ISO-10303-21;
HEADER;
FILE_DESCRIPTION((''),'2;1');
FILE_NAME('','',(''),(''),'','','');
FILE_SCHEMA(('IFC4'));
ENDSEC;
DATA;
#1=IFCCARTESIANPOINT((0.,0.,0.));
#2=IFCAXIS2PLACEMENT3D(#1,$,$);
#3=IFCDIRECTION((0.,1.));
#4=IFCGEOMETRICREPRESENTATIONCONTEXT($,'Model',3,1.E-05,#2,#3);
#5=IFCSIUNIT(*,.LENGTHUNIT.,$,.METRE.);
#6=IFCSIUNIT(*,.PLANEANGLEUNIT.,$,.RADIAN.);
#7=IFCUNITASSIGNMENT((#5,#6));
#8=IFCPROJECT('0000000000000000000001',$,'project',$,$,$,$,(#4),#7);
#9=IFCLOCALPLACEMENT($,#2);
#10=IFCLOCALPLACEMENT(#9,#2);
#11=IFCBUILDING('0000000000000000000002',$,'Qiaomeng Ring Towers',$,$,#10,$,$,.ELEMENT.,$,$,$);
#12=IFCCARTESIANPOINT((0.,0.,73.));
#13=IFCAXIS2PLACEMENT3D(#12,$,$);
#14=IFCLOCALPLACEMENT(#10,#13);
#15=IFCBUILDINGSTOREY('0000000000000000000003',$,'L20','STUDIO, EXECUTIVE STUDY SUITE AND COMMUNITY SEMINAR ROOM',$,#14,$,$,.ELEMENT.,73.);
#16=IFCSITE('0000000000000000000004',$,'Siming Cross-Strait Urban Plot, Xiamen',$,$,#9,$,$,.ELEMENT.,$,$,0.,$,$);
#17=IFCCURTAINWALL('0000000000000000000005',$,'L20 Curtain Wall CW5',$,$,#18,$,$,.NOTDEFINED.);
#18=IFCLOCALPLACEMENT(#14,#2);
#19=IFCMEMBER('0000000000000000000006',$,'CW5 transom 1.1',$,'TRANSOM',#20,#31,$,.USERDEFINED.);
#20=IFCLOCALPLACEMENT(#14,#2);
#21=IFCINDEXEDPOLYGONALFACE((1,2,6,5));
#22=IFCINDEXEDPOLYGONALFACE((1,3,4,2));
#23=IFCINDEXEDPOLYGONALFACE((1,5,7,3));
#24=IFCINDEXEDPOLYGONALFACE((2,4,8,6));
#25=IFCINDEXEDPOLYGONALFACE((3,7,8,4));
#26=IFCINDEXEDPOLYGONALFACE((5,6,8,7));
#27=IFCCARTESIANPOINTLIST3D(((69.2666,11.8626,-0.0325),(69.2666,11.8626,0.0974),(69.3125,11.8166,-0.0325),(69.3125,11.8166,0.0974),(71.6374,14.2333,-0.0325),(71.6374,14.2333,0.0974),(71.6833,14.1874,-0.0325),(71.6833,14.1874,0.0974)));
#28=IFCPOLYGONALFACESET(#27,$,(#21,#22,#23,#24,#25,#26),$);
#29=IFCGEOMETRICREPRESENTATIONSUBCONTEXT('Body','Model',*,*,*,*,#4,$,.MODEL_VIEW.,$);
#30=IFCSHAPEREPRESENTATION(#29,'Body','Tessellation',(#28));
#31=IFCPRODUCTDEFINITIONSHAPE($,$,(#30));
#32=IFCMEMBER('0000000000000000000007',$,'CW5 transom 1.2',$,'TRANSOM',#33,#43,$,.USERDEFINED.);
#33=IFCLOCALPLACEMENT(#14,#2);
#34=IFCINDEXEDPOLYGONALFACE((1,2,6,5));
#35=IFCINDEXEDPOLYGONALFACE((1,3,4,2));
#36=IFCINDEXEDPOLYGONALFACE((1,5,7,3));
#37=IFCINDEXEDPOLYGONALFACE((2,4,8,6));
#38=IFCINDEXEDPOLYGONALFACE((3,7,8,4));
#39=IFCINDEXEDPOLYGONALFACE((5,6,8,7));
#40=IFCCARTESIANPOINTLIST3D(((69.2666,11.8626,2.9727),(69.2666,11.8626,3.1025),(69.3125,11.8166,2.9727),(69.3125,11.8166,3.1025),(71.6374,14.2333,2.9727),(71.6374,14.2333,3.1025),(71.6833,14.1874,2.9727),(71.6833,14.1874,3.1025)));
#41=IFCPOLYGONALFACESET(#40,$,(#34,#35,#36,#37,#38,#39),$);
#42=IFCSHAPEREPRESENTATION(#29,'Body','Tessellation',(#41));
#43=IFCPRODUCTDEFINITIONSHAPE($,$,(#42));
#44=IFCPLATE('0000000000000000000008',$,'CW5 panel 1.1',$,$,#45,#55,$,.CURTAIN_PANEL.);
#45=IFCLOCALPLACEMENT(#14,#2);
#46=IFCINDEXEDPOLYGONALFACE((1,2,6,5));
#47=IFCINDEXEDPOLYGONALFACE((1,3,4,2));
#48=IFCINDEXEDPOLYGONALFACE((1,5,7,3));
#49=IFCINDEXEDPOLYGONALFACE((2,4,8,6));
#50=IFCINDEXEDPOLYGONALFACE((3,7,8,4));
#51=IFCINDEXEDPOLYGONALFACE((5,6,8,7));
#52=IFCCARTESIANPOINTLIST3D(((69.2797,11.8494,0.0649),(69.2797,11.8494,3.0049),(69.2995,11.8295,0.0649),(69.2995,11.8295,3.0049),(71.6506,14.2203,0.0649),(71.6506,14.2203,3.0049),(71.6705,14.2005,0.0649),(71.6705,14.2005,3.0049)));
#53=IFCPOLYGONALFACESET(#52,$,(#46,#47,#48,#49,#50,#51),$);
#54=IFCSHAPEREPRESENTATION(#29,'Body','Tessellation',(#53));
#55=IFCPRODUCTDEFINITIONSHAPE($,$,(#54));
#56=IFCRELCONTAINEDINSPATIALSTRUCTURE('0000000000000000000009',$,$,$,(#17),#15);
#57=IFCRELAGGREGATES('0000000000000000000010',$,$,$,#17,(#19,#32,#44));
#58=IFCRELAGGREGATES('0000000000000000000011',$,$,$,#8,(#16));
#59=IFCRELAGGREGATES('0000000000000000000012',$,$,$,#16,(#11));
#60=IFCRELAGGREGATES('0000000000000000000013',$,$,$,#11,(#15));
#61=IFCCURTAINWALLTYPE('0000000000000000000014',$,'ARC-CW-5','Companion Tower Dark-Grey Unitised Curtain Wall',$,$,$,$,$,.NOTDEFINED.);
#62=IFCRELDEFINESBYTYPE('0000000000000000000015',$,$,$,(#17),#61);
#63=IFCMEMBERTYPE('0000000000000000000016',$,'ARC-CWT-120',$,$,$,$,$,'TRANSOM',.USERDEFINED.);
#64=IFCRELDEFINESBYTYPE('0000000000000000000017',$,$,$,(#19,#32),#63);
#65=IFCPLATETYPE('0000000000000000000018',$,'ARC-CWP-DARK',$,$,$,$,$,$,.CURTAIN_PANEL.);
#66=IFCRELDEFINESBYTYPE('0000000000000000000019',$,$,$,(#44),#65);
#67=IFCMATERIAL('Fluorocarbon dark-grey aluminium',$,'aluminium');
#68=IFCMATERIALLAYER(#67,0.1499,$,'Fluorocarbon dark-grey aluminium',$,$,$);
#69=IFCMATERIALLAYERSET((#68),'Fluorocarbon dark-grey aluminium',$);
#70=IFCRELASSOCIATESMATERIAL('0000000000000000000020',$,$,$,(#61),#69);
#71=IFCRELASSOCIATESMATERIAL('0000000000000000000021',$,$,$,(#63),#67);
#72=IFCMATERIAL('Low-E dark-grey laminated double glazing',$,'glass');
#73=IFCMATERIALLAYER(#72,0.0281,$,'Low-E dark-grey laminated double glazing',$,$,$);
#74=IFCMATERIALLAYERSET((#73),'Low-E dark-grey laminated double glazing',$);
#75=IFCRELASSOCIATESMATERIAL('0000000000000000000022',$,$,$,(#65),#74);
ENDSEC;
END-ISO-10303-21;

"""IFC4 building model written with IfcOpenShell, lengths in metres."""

from ifc_helpers import new_model, si_unit, direction, frame, origin, origin_2d, place, context, subcontext, project, spatial, rectangle, extrude, source, transform, mapped, material, layer, layer_set, material_profile, profile_set, type_object, element, aggregate, save


model = new_model("IFC4")

# Units and contexts
model_context = context("Model", 3, precision=1e-05, world=origin(), true_north=direction((0.0, 1.0)))
body_context = subcontext(model_context, "Body", "Model", "MODEL_VIEW")
ifc_project = project(units=[si_unit("LENGTHUNIT", "METRE"), si_unit("PLANEANGLEUNIT", "RADIAN")], contexts=[model_context])

# Site, building, storey
site_placement = place(None, origin())
site = spatial("IfcSite", under=ifc_project, at=site_placement, Name="Siming Cross-Strait Urban Plot, Xiamen", CompositionType="ELEMENT", RefElevation=0.0)
building_placement = place(site_placement, origin())
building = spatial("IfcBuilding", under=site, at=building_placement, Name="Qiaomeng Ring Towers", CompositionType="ELEMENT")
storey_placement = place(building_placement, frame((0.0, 0.0, 73.0)))
storey = spatial("IfcBuildingStorey", under=building, at=storey_placement, Name="L20", Description="STUDIO, EXECUTIVE STUDY SUITE AND COMMUNITY SEMINAR ROOM", CompositionType="ELEMENT", Elevation=73.0)

# Curtain wall
ifc_material_1 = material(Name="Fluorocarbon dark-grey aluminium", Category="aluminium")
ifc_layer_1 = layer(ifc_material_1, 0.1499, Name="Fluorocarbon dark-grey aluminium")
ifc_layer_set_1 = layer_set([ifc_layer_1], Name="Fluorocarbon dark-grey aluminium")
curtain_wall_type = type_object("IfcCurtainWallType", Name="ARC-CW-5", Description="Companion Tower Dark-Grey Unitised Curtain Wall", PredefinedType="NOTDEFINED", material=ifc_layer_set_1)
curtain_wall_1_placement = place(storey_placement, origin())
curtain_wall_1 = element("IfcCurtainWall", 1, at=curtain_wall_1_placement, inside=storey, type_object=curtain_wall_type, Name="L20 Curtain Wall CW5", PredefinedType="NOTDEFINED")

# Members
ifc_material_profile_1 = material_profile(ifc_material_1, rectangle(XDim=0.0649, YDim=0.1299, at=origin_2d()), Name="ALU TRAN 65x130")
ifc_profile_set_1 = profile_set([ifc_material_profile_1], Name="Fluorocarbon dark-grey aluminium")
member_type_1 = type_object("IfcMemberType", Name="ARC-CWT-120", ElementType="TRANSOM", PredefinedType="USERDEFINED", material=ifc_profile_set_1)
shared_shape_1 = source(origin(), body_context, "Body", "SweptSolid", [
    extrude(rectangle(XDim=0.0649, YDim=0.1299, at=origin_2d()), origin(), (0.0, 0.0, 1.0), 3.3528),
])
member_1_placement = place(storey_placement, frame((69.2896, 11.8396, 0.0325), z_axis=(0.707107, 0.707107, 0.0), x_axis=(-0.707107, 0.707107, 0.0)))
member_1 = element("IfcMember", 2, at=member_1_placement, type_object=member_type_1, Name="CW5 transom 1.1", ObjectType="TRANSOM", PredefinedType="USERDEFINED", context=body_context, shape_type="MappedRepresentation", body=[
    mapped(shared_shape_1, transform((0.0, 0.0, 0.0), x_axis=(1.0, 0.0, 0.0), y_axis=(0.0, 1.0, 0.0), z_axis=(0.0, 0.0, 1.0), scale=1.0)),
])
member_2_placement = place(storey_placement, frame((69.2896, 11.8396, 3.0376), z_axis=(0.707107, 0.707107, 0.0), x_axis=(-0.707107, 0.707107, 0.0)))
member_2 = element("IfcMember", 3, at=member_2_placement, type_object=member_type_1, Name="CW5 transom 1.2", ObjectType="TRANSOM", PredefinedType="USERDEFINED", context=body_context, shape_type="MappedRepresentation", body=[
    mapped(shared_shape_1, transform((0.0, 0.0, 0.0), x_axis=(1.0, 0.0, 0.0), y_axis=(0.0, 1.0, 0.0), z_axis=(0.0, 0.0, 1.0), scale=1.0)),
])

# Plate
ifc_material_2 = material(Name="Low-E dark-grey laminated double glazing", Category="glass")
ifc_layer_2 = layer(ifc_material_2, 0.0281, Name="Low-E dark-grey laminated double glazing")
ifc_layer_set_2 = layer_set([ifc_layer_2], Name="Low-E dark-grey laminated double glazing")
plate_type = type_object("IfcPlateType", Name="ARC-CWP-DARK", PredefinedType="CURTAIN_PANEL", material=ifc_layer_set_2)
shared_shape_2 = source(origin(), body_context, "Body", "SweptSolid", [
    extrude(rectangle(XDim=3.353, YDim=0.0281, at=origin_2d()), origin(), (0.0, 0.0, 1.0), 2.9399),
])
plate_placement = place(storey_placement, frame((70.4751, 13.0249, 0.0649), z_axis=(0.0, 0.0, 1.0), x_axis=(0.707107, 0.707107, 0.0)))
plate = element("IfcPlate", 4, at=plate_placement, type_object=plate_type, Name="CW5 panel 1.1", PredefinedType="CURTAIN_PANEL", context=body_context, shape_type="MappedRepresentation", body=[
    mapped(shared_shape_2, transform((0.0, 0.0, 0.0), x_axis=(1.0, 0.0, 0.0), y_axis=(0.0, 1.0, 0.0), z_axis=(0.0, 0.0, 1.0), scale=1.0)),
])
aggregate(curtain_wall_1, [member_1, member_2, plate])

save(model, "model.ifc")
